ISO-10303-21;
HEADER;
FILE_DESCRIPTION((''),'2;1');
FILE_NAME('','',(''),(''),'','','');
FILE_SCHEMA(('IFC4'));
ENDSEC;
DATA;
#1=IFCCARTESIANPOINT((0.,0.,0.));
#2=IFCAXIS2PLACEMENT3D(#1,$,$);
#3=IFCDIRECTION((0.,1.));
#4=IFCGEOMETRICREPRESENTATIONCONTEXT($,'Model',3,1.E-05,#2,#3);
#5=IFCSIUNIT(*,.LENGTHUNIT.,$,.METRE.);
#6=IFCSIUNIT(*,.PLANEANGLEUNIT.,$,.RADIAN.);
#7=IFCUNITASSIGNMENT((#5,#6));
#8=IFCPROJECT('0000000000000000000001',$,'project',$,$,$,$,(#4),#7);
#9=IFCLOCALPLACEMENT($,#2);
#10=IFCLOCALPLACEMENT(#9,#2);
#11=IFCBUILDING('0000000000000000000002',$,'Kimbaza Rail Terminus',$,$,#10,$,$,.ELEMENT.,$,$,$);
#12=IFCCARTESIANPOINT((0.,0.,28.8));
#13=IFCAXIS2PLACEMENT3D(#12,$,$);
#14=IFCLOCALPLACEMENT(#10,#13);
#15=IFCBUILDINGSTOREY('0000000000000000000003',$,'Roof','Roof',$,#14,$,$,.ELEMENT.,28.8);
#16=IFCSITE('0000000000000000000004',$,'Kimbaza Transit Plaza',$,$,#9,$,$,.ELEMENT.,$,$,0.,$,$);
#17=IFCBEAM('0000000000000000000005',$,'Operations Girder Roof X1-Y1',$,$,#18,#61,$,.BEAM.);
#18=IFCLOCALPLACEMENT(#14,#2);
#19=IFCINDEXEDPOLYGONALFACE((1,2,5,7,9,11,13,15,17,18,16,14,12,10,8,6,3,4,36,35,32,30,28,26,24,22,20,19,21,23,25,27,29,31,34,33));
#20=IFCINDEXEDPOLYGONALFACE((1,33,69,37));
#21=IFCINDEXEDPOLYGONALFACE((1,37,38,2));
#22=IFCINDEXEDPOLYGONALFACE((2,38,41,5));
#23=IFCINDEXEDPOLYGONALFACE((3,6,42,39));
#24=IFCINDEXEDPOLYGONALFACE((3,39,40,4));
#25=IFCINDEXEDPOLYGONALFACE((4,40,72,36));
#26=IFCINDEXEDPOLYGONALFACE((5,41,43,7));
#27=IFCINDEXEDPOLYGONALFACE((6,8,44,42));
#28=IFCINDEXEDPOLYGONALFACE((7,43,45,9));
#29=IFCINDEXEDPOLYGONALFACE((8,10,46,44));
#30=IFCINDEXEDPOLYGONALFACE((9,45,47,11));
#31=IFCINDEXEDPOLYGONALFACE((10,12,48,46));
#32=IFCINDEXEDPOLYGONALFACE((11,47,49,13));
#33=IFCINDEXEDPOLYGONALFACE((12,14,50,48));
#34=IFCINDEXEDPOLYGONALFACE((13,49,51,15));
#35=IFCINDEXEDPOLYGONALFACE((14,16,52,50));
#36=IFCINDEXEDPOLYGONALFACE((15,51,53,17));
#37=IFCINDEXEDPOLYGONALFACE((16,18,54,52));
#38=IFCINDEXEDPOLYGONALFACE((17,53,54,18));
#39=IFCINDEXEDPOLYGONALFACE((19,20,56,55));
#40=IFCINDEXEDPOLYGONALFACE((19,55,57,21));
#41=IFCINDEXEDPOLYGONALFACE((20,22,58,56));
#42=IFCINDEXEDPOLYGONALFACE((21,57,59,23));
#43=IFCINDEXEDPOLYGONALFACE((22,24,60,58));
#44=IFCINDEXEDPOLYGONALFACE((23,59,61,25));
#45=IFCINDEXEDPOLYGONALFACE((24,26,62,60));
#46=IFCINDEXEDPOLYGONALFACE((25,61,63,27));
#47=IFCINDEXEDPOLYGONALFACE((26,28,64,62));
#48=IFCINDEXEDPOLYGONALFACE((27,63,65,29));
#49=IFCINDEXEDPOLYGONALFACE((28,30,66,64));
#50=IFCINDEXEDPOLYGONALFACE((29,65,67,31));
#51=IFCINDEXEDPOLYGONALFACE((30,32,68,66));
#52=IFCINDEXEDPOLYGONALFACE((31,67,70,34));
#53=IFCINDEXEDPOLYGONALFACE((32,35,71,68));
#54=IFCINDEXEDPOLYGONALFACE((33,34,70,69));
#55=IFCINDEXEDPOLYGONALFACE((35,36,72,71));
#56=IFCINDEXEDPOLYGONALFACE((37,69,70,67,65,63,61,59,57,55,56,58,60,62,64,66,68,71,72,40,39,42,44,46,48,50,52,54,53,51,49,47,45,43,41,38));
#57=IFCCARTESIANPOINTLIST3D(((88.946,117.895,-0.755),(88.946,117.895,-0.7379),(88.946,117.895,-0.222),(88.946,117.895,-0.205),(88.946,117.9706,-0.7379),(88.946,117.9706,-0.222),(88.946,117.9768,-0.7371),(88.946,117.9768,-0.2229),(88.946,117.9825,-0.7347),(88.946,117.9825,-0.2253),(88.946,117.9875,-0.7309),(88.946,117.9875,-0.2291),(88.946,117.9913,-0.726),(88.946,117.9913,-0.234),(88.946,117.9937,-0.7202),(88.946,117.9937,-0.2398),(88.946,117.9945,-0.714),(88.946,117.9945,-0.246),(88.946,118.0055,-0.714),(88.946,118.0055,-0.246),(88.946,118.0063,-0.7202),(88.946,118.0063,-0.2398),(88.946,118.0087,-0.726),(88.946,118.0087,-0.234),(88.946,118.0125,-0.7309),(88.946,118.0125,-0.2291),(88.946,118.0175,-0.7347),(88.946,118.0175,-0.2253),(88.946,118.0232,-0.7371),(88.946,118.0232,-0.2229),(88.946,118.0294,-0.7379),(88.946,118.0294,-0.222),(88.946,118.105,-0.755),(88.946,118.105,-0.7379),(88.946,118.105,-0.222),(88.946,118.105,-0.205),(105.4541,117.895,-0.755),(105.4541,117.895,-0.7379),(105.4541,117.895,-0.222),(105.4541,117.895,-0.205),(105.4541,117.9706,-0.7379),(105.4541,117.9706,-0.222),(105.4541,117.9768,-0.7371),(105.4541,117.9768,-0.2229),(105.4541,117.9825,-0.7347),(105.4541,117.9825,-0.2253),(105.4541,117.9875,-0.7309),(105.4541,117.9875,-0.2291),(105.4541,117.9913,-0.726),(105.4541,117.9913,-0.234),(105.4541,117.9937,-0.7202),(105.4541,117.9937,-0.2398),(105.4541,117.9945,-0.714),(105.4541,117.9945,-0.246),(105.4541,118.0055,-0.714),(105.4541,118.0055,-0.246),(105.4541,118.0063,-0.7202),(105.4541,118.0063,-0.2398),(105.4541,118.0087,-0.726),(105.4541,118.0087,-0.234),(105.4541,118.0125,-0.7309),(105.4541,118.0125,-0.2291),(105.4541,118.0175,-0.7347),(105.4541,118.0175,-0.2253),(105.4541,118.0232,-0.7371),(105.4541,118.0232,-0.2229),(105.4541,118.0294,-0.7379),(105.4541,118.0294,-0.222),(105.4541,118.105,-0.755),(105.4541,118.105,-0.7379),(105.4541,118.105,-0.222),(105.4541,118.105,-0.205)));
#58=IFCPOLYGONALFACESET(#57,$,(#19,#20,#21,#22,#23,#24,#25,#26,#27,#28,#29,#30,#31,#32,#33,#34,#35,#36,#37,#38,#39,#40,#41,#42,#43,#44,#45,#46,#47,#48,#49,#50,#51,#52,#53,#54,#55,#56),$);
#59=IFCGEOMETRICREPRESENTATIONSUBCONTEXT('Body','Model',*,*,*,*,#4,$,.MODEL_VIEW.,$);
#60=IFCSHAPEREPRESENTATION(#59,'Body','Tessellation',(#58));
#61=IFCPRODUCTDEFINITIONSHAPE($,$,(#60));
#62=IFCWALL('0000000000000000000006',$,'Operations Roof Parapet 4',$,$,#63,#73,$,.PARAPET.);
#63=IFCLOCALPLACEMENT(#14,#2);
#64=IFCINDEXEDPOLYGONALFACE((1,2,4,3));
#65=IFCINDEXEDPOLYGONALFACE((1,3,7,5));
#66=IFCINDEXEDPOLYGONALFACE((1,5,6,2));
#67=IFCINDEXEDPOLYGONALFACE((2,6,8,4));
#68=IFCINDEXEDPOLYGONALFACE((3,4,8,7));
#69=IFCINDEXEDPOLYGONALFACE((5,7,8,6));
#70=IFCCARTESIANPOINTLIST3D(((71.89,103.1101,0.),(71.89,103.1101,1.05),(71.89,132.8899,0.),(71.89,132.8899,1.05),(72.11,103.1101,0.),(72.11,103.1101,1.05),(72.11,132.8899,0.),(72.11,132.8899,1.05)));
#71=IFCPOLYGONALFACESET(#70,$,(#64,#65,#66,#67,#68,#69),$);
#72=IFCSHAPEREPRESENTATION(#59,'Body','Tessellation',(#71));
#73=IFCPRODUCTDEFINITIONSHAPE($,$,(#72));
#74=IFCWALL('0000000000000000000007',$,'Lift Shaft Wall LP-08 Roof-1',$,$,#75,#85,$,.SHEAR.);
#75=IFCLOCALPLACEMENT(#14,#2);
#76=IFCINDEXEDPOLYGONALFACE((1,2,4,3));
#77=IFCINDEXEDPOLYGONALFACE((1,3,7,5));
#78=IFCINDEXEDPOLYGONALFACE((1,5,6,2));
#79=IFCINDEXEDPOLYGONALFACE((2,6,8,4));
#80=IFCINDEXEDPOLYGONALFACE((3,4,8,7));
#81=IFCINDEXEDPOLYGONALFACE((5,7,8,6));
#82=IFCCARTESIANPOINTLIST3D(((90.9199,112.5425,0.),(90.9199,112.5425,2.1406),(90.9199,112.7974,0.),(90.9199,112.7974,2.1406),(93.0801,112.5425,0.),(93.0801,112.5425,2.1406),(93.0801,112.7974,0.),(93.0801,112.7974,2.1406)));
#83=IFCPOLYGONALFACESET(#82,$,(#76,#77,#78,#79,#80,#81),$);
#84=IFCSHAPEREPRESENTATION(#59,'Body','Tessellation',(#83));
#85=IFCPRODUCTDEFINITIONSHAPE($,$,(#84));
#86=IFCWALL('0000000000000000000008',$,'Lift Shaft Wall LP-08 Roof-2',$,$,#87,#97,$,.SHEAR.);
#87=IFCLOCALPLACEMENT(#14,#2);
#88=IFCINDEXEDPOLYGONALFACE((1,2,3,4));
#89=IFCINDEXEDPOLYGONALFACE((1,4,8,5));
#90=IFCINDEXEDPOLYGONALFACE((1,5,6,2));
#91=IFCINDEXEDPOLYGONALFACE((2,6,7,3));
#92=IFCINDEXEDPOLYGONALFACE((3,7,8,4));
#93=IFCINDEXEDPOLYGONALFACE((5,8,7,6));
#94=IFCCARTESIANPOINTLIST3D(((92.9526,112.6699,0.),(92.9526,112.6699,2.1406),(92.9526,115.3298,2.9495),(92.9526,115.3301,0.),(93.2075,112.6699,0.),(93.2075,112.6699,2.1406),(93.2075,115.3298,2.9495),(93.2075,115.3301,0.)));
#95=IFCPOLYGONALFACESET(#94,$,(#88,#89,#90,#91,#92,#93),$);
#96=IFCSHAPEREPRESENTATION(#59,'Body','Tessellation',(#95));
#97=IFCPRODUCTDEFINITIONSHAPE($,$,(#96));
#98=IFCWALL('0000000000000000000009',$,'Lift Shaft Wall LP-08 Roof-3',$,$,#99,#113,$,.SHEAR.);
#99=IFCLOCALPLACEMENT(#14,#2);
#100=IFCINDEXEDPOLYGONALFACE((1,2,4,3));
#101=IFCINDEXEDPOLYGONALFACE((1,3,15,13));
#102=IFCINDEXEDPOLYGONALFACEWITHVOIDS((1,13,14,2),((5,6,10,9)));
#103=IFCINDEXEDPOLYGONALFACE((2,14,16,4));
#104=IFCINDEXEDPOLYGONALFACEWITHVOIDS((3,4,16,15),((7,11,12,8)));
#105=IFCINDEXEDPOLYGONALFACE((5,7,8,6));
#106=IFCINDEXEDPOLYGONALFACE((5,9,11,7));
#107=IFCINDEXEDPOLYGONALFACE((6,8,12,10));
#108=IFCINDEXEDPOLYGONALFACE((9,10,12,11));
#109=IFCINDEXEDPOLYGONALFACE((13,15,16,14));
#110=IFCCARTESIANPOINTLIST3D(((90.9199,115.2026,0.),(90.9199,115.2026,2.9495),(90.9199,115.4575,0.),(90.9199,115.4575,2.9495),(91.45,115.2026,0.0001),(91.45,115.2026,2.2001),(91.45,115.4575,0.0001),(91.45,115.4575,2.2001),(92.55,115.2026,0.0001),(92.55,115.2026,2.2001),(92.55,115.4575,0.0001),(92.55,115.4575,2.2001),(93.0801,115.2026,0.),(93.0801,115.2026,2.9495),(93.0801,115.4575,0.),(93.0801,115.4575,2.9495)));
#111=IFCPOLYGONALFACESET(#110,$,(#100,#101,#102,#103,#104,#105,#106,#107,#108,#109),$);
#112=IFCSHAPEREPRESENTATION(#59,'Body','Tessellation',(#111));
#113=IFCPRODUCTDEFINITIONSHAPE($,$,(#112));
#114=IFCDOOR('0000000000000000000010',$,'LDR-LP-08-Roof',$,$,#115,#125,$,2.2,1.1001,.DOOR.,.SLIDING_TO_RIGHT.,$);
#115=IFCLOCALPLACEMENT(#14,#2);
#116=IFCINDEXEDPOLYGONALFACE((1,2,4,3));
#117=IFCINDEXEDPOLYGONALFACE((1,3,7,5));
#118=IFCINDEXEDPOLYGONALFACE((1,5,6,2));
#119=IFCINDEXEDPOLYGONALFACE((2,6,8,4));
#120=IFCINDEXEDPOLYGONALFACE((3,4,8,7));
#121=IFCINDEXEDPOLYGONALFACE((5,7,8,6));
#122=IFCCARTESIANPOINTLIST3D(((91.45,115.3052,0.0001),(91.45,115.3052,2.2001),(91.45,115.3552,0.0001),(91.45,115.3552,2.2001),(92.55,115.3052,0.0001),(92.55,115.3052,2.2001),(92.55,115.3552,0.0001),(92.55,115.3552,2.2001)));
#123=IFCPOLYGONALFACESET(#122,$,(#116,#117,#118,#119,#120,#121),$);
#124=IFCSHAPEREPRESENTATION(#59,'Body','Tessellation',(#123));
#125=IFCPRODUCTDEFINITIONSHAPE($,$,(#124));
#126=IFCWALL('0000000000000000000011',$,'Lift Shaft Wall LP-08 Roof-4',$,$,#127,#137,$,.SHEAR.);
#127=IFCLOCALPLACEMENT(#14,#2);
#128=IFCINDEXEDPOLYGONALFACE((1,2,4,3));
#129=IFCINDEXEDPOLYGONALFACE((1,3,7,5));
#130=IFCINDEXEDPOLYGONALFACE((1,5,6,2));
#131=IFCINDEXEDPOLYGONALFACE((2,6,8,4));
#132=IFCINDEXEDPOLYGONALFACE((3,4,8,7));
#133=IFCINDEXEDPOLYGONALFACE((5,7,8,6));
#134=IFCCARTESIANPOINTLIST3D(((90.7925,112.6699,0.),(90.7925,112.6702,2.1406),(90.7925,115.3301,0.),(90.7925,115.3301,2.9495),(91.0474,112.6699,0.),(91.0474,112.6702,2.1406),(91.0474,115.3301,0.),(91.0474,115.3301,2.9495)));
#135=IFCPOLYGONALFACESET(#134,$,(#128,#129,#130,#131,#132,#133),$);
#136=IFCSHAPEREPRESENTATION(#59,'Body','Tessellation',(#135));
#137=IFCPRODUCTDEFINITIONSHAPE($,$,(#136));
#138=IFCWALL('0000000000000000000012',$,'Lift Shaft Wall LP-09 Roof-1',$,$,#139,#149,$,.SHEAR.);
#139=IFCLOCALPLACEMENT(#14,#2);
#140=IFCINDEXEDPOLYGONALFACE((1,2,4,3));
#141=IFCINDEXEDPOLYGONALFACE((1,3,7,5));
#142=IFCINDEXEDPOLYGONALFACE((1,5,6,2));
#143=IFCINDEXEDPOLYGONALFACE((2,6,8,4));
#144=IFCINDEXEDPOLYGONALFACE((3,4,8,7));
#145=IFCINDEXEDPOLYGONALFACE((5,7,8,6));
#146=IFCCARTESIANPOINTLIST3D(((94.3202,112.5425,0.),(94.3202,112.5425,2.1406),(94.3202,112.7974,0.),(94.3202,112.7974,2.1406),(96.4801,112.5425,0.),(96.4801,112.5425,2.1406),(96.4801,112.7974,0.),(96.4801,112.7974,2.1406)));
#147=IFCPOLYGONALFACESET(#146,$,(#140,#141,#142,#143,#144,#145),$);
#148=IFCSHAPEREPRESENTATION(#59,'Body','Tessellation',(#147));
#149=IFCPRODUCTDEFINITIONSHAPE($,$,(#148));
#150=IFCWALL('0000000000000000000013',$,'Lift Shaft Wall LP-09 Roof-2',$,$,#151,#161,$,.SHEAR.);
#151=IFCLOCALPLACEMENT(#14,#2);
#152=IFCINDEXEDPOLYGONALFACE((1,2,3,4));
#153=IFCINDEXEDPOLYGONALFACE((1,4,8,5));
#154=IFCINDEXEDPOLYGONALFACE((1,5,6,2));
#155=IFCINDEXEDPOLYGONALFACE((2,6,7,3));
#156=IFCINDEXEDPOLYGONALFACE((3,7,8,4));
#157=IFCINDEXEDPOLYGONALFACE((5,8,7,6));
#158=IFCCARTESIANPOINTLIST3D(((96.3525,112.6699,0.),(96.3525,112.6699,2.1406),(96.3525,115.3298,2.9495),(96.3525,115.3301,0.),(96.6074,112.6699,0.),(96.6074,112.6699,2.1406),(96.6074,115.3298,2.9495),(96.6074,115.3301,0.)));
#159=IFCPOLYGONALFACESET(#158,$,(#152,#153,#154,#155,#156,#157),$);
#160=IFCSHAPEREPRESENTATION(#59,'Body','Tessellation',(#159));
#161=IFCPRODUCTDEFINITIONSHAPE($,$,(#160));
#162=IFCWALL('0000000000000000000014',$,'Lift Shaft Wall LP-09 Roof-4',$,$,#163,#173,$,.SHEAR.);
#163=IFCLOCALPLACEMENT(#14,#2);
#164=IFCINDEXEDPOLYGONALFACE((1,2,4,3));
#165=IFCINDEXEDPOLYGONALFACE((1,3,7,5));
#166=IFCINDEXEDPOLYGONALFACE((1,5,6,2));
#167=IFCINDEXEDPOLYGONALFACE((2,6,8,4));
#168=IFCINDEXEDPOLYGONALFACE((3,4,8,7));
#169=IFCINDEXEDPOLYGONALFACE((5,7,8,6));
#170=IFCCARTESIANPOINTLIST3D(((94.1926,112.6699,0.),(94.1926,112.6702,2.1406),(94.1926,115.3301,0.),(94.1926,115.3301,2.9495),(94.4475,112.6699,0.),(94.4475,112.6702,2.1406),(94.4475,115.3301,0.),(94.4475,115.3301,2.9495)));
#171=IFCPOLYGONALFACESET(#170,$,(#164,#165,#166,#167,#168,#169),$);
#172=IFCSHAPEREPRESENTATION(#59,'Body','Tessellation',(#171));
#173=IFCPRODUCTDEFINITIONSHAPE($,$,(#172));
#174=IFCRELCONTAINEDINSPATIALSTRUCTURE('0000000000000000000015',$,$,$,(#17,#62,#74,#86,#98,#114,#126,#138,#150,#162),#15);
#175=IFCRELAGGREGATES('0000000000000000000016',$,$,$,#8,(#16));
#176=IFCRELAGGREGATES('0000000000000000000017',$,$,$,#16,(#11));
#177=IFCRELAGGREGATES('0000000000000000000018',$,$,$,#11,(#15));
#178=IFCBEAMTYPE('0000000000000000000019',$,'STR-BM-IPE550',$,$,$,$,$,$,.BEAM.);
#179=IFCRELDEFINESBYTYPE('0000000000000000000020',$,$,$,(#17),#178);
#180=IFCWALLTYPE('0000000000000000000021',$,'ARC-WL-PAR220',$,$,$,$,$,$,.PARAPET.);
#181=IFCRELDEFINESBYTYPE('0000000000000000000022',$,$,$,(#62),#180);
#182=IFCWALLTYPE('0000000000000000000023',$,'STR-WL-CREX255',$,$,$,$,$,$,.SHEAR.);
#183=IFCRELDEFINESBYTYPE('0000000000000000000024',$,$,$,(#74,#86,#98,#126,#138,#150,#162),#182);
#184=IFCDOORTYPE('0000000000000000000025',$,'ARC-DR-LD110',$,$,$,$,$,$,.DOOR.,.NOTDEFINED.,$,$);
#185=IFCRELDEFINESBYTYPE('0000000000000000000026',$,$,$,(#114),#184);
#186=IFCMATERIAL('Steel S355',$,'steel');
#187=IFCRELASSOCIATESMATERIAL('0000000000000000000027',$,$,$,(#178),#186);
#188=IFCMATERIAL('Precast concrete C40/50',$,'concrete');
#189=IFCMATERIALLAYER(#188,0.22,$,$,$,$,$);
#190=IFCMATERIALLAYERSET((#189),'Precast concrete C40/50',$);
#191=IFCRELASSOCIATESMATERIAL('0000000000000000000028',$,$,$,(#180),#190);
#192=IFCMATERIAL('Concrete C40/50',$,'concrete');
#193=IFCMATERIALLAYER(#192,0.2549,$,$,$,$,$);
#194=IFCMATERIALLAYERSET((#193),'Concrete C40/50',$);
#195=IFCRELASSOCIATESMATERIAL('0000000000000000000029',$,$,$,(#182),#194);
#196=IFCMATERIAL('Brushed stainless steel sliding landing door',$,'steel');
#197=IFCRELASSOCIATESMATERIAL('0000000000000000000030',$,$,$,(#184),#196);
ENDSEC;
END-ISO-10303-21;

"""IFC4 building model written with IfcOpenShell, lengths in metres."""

from ifc_helpers import new_model, si_unit, direction, frame, frame_2d, origin, origin_2d, place, context, subcontext, project, spatial, polyline, rectangle, i_section, outline, extrude, material, layer, layer_set, material_profile, profile_set, type_object, element, fill, save


model = new_model("IFC4")

# Units and contexts
model_context = context("Model", 3, precision=1e-05, world=origin(), true_north=direction((0.0, 1.0)))
body_context = subcontext(model_context, "Body", "Model", "MODEL_VIEW")
ifc_project = project(units=[si_unit("LENGTHUNIT", "METRE"), si_unit("PLANEANGLEUNIT", "RADIAN")], contexts=[model_context])

# Site, building, storey
site_placement = place(None, origin())
site = spatial("IfcSite", under=ifc_project, at=site_placement, Name="Kimbaza Transit Plaza", CompositionType="ELEMENT", RefElevation=0.0)
building_placement = place(site_placement, origin())
building = spatial("IfcBuilding", under=site, at=building_placement, Name="Kimbaza Rail Terminus", CompositionType="ELEMENT")
storey_placement = place(building_placement, frame((0.0, 0.0, 28.8)))
storey = spatial("IfcBuildingStorey", under=building, at=storey_placement, Name="Roof", Description="Roof", CompositionType="ELEMENT", Elevation=28.8)

# Beam
ifc_material_1 = material(Name="Steel S355", Category="steel")
ifc_material_profile_1 = material_profile(ifc_material_1, i_section(OverallWidth=0.21, OverallDepth=0.55, WebThickness=0.011, FlangeThickness=0.0171, FilletRadius=0.0239, at=origin_2d()), Name="IPE 550")
ifc_profile_set_1 = profile_set([ifc_material_profile_1], Name="Steel S355")
beam_type_1 = type_object("IfcBeamType", Name="STR-BM-IPE550", PredefinedType="BEAM", material=ifc_profile_set_1)
for number, where, z_axis, x_axis, name in (
    (1, (88.946, 118.0, -0.48), (1.0, 0.0, 0.0), (0.0, 1.0, 0.0), "Operations Girder Roof X1-Y1"),
):
    element("IfcBeam", number, at=place(storey_placement, frame(where, z_axis=z_axis, x_axis=x_axis)), inside=storey, type_object=beam_type_1, Name=name, PredefinedType="BEAM", context=body_context, shape_type="SweptSolid", body=[
        extrude(i_section(OverallWidth=0.21, OverallDepth=0.55, WebThickness=0.011, FlangeThickness=0.0171, FilletRadius=0.0239, at=origin_2d()), origin(), (0.0, 0.0, 1.0), 16.5081),
    ])

# Walls
ifc_material_2 = material(Name="Precast concrete C40/50", Category="concrete")
ifc_layer_1 = layer(ifc_material_2, 0.22)
ifc_layer_set_1 = layer_set([ifc_layer_1], Name="Precast concrete C40/50")
wall_type_1 = type_object("IfcWallType", Name="ARC-WL-PAR220", PredefinedType="PARAPET", material=ifc_layer_set_1)
wall_1_placement = place(storey_placement, frame((72.0, 132.8899, 0.0), z_axis=(0.0, 0.0, 1.0), x_axis=(0.0, -1.0, 0.0)))
element("IfcWall", 2, at=wall_1_placement, inside=storey, type_object=wall_type_1, Name="Operations Roof Parapet 4", PredefinedType="PARAPET", context=body_context, shape_type="SweptSolid", body=[
    extrude(rectangle(XDim=29.7798, YDim=0.22, at=frame_2d((14.8899, 0.0))), origin(), (0.0, 0.0, 1.0), 1.05),
])
ifc_material_3 = material(Name="Concrete C40/50", Category="concrete")
ifc_layer_2 = layer(ifc_material_3, 0.2549)
ifc_layer_set_2 = layer_set([ifc_layer_2], Name="Concrete C40/50")
wall_type_2 = type_object("IfcWallType", Name="STR-WL-CREX255", PredefinedType="SHEAR", material=ifc_layer_set_2)
wall_2_placement = place(storey_placement, frame((90.9199, 112.6699, 0.0), z_axis=(0.0, 0.0, 1.0), x_axis=(1.0, 0.0, 0.0)))
element("IfcWall", 3, at=wall_2_placement, inside=storey, type_object=wall_type_2, Name="Lift Shaft Wall LP-08 Roof-1", PredefinedType="SHEAR", context=body_context, shape_type="SweptSolid", body=[
    extrude(rectangle(XDim=2.1602, YDim=0.2549, at=frame_2d((1.0801, 0.0))), origin(), (0.0, 0.0, 1.0), 2.1406),
])
wall_3_placement = place(storey_placement, frame((93.0801, 112.6699, 0.0), z_axis=(0.0, 0.0, 1.0), x_axis=(0.0, 1.0, 0.0)))
element("IfcWall", 4, at=wall_3_placement, inside=storey, type_object=wall_type_2, Name="Lift Shaft Wall LP-08 Roof-2", PredefinedType="SHEAR", context=body_context, shape_type="SweptSolid", body=[
    extrude(outline(polyline([(0.0, 0.0), (2.6602, 0.0), (2.6599, 2.9495), (0.0, 2.1406), (0.0, 0.0)])), frame((0.0, 0.1274, 0.0), z_axis=(0.0, -1.0, 0.0), x_axis=(1.0, 0.0, 0.0)), (0.0, 0.0, 1.0), 0.2549),
])

# Wall, opening, door
wall_4_placement = place(storey_placement, frame((93.0801, 115.3301, 0.0), z_axis=(0.0, 0.0, 1.0), x_axis=(-1.0, 0.0, 0.0)))
wall_4 = element("IfcWall", 5, at=wall_4_placement, inside=storey, type_object=wall_type_2, Name="Lift Shaft Wall LP-08 Roof-3", PredefinedType="SHEAR", context=body_context, shape_type="SweptSolid", body=[
    extrude(rectangle(XDim=2.1602, YDim=0.2549, at=frame_2d((1.0801, 0.0))), origin(), (0.0, 0.0, 1.0), 2.9495),
])
opening_1_placement = place(wall_4_placement, frame((0.53, 0.0, 0.0)))
opening_1 = element("IfcOpeningElement", 6, at=opening_1_placement, cuts=wall_4, PredefinedType="OPENING", context=body_context, shape_type="SweptSolid", body=[
    extrude(rectangle(XDim=1.1001, YDim=2.2, at=frame_2d((0.55, 1.1001))), frame((0.0, 0.1375, 0.0), z_axis=(0.0, -1.0, 0.0), x_axis=(1.0, 0.0, 0.0)), (0.0, 0.0, 1.0), 0.2749),
])
ifc_material_4 = material(Name="Brushed stainless steel sliding landing door", Category="steel")
door_type_1 = type_object("IfcDoorType", Name="ARC-DR-LD110", OperationType="NOTDEFINED", PredefinedType="DOOR", material=ifc_material_4)
door_1_placement = place(opening_1_placement, origin())
door_1 = element("IfcDoor", 7, at=door_1_placement, inside=storey, type_object=door_type_1, Name="LDR-LP-08-Roof", OperationType="SLIDING_TO_RIGHT", OverallHeight=2.2, OverallWidth=1.1001, PredefinedType="DOOR", context=body_context, shape_type="SweptSolid", body=[
    extrude(rectangle(XDim=1.1001, YDim=2.2, at=frame_2d((0.55, 1.1001))), frame((0.0, 0.0249, 0.0), z_axis=(0.0, -1.0, 0.0), x_axis=(1.0, 0.0, 0.0)), (0.0, 0.0, 1.0), 0.05),
])
fill(opening_1, door_1)

# Walls
wall_5_placement = place(storey_placement, frame((90.9199, 115.3301, 0.0), z_axis=(0.0, 0.0, 1.0), x_axis=(0.0, -1.0, 0.0)))
element("IfcWall", 8, at=wall_5_placement, inside=storey, type_object=wall_type_2, Name="Lift Shaft Wall LP-08 Roof-4", PredefinedType="SHEAR", context=body_context, shape_type="SweptSolid", body=[
    extrude(outline(polyline([(0.0, 0.0), (2.6602, 0.0), (2.6599, 2.1406), (0.0, 2.9495), (0.0, 0.0)])), frame((0.0, 0.1274, 0.0), z_axis=(0.0, -1.0, 0.0), x_axis=(1.0, 0.0, 0.0)), (0.0, 0.0, 1.0), 0.2549),
])
wall_6_placement = place(storey_placement, frame((94.3201, 112.6699, 0.0), z_axis=(0.0, 0.0, 1.0), x_axis=(1.0, 0.0, 0.0)))
element("IfcWall", 9, at=wall_6_placement, inside=storey, type_object=wall_type_2, Name="Lift Shaft Wall LP-09 Roof-1", PredefinedType="SHEAR", context=body_context, shape_type="SweptSolid", body=[
    extrude(rectangle(XDim=2.1599, YDim=0.2549, at=frame_2d((1.0801, 0.0))), origin(), (0.0, 0.0, 1.0), 2.1406),
])
wall_7_placement = place(storey_placement, frame((96.48, 112.6699, 0.0), z_axis=(0.0, 0.0, 1.0), x_axis=(0.0, 1.0, 0.0)))
element("IfcWall", 10, at=wall_7_placement, inside=storey, type_object=wall_type_2, Name="Lift Shaft Wall LP-09 Roof-2", PredefinedType="SHEAR", context=body_context, shape_type="SweptSolid", body=[
    extrude(outline(polyline([(0.0, 0.0), (2.6602, 0.0), (2.6599, 2.9495), (0.0, 2.1406), (0.0, 0.0)])), frame((0.0, 0.1274, 0.0), z_axis=(0.0, -1.0, 0.0), x_axis=(1.0, 0.0, 0.0)), (0.0, 0.0, 1.0), 0.2549),
])
wall_8_placement = place(storey_placement, frame((94.3201, 115.3301, 0.0), z_axis=(0.0, 0.0, 1.0), x_axis=(0.0, -1.0, 0.0)))
element("IfcWall", 11, at=wall_8_placement, inside=storey, type_object=wall_type_2, Name="Lift Shaft Wall LP-09 Roof-4", PredefinedType="SHEAR", context=body_context, shape_type="SweptSolid", body=[
    extrude(outline(polyline([(0.0, 0.0), (2.6602, 0.0), (2.6599, 2.1406), (0.0, 2.9495), (0.0, 0.0)])), frame((0.0, 0.1274, 0.0), z_axis=(0.0, -1.0, 0.0), x_axis=(1.0, 0.0, 0.0)), (0.0, 0.0, 1.0), 0.2549),
])

save(model, "model.ifc")
